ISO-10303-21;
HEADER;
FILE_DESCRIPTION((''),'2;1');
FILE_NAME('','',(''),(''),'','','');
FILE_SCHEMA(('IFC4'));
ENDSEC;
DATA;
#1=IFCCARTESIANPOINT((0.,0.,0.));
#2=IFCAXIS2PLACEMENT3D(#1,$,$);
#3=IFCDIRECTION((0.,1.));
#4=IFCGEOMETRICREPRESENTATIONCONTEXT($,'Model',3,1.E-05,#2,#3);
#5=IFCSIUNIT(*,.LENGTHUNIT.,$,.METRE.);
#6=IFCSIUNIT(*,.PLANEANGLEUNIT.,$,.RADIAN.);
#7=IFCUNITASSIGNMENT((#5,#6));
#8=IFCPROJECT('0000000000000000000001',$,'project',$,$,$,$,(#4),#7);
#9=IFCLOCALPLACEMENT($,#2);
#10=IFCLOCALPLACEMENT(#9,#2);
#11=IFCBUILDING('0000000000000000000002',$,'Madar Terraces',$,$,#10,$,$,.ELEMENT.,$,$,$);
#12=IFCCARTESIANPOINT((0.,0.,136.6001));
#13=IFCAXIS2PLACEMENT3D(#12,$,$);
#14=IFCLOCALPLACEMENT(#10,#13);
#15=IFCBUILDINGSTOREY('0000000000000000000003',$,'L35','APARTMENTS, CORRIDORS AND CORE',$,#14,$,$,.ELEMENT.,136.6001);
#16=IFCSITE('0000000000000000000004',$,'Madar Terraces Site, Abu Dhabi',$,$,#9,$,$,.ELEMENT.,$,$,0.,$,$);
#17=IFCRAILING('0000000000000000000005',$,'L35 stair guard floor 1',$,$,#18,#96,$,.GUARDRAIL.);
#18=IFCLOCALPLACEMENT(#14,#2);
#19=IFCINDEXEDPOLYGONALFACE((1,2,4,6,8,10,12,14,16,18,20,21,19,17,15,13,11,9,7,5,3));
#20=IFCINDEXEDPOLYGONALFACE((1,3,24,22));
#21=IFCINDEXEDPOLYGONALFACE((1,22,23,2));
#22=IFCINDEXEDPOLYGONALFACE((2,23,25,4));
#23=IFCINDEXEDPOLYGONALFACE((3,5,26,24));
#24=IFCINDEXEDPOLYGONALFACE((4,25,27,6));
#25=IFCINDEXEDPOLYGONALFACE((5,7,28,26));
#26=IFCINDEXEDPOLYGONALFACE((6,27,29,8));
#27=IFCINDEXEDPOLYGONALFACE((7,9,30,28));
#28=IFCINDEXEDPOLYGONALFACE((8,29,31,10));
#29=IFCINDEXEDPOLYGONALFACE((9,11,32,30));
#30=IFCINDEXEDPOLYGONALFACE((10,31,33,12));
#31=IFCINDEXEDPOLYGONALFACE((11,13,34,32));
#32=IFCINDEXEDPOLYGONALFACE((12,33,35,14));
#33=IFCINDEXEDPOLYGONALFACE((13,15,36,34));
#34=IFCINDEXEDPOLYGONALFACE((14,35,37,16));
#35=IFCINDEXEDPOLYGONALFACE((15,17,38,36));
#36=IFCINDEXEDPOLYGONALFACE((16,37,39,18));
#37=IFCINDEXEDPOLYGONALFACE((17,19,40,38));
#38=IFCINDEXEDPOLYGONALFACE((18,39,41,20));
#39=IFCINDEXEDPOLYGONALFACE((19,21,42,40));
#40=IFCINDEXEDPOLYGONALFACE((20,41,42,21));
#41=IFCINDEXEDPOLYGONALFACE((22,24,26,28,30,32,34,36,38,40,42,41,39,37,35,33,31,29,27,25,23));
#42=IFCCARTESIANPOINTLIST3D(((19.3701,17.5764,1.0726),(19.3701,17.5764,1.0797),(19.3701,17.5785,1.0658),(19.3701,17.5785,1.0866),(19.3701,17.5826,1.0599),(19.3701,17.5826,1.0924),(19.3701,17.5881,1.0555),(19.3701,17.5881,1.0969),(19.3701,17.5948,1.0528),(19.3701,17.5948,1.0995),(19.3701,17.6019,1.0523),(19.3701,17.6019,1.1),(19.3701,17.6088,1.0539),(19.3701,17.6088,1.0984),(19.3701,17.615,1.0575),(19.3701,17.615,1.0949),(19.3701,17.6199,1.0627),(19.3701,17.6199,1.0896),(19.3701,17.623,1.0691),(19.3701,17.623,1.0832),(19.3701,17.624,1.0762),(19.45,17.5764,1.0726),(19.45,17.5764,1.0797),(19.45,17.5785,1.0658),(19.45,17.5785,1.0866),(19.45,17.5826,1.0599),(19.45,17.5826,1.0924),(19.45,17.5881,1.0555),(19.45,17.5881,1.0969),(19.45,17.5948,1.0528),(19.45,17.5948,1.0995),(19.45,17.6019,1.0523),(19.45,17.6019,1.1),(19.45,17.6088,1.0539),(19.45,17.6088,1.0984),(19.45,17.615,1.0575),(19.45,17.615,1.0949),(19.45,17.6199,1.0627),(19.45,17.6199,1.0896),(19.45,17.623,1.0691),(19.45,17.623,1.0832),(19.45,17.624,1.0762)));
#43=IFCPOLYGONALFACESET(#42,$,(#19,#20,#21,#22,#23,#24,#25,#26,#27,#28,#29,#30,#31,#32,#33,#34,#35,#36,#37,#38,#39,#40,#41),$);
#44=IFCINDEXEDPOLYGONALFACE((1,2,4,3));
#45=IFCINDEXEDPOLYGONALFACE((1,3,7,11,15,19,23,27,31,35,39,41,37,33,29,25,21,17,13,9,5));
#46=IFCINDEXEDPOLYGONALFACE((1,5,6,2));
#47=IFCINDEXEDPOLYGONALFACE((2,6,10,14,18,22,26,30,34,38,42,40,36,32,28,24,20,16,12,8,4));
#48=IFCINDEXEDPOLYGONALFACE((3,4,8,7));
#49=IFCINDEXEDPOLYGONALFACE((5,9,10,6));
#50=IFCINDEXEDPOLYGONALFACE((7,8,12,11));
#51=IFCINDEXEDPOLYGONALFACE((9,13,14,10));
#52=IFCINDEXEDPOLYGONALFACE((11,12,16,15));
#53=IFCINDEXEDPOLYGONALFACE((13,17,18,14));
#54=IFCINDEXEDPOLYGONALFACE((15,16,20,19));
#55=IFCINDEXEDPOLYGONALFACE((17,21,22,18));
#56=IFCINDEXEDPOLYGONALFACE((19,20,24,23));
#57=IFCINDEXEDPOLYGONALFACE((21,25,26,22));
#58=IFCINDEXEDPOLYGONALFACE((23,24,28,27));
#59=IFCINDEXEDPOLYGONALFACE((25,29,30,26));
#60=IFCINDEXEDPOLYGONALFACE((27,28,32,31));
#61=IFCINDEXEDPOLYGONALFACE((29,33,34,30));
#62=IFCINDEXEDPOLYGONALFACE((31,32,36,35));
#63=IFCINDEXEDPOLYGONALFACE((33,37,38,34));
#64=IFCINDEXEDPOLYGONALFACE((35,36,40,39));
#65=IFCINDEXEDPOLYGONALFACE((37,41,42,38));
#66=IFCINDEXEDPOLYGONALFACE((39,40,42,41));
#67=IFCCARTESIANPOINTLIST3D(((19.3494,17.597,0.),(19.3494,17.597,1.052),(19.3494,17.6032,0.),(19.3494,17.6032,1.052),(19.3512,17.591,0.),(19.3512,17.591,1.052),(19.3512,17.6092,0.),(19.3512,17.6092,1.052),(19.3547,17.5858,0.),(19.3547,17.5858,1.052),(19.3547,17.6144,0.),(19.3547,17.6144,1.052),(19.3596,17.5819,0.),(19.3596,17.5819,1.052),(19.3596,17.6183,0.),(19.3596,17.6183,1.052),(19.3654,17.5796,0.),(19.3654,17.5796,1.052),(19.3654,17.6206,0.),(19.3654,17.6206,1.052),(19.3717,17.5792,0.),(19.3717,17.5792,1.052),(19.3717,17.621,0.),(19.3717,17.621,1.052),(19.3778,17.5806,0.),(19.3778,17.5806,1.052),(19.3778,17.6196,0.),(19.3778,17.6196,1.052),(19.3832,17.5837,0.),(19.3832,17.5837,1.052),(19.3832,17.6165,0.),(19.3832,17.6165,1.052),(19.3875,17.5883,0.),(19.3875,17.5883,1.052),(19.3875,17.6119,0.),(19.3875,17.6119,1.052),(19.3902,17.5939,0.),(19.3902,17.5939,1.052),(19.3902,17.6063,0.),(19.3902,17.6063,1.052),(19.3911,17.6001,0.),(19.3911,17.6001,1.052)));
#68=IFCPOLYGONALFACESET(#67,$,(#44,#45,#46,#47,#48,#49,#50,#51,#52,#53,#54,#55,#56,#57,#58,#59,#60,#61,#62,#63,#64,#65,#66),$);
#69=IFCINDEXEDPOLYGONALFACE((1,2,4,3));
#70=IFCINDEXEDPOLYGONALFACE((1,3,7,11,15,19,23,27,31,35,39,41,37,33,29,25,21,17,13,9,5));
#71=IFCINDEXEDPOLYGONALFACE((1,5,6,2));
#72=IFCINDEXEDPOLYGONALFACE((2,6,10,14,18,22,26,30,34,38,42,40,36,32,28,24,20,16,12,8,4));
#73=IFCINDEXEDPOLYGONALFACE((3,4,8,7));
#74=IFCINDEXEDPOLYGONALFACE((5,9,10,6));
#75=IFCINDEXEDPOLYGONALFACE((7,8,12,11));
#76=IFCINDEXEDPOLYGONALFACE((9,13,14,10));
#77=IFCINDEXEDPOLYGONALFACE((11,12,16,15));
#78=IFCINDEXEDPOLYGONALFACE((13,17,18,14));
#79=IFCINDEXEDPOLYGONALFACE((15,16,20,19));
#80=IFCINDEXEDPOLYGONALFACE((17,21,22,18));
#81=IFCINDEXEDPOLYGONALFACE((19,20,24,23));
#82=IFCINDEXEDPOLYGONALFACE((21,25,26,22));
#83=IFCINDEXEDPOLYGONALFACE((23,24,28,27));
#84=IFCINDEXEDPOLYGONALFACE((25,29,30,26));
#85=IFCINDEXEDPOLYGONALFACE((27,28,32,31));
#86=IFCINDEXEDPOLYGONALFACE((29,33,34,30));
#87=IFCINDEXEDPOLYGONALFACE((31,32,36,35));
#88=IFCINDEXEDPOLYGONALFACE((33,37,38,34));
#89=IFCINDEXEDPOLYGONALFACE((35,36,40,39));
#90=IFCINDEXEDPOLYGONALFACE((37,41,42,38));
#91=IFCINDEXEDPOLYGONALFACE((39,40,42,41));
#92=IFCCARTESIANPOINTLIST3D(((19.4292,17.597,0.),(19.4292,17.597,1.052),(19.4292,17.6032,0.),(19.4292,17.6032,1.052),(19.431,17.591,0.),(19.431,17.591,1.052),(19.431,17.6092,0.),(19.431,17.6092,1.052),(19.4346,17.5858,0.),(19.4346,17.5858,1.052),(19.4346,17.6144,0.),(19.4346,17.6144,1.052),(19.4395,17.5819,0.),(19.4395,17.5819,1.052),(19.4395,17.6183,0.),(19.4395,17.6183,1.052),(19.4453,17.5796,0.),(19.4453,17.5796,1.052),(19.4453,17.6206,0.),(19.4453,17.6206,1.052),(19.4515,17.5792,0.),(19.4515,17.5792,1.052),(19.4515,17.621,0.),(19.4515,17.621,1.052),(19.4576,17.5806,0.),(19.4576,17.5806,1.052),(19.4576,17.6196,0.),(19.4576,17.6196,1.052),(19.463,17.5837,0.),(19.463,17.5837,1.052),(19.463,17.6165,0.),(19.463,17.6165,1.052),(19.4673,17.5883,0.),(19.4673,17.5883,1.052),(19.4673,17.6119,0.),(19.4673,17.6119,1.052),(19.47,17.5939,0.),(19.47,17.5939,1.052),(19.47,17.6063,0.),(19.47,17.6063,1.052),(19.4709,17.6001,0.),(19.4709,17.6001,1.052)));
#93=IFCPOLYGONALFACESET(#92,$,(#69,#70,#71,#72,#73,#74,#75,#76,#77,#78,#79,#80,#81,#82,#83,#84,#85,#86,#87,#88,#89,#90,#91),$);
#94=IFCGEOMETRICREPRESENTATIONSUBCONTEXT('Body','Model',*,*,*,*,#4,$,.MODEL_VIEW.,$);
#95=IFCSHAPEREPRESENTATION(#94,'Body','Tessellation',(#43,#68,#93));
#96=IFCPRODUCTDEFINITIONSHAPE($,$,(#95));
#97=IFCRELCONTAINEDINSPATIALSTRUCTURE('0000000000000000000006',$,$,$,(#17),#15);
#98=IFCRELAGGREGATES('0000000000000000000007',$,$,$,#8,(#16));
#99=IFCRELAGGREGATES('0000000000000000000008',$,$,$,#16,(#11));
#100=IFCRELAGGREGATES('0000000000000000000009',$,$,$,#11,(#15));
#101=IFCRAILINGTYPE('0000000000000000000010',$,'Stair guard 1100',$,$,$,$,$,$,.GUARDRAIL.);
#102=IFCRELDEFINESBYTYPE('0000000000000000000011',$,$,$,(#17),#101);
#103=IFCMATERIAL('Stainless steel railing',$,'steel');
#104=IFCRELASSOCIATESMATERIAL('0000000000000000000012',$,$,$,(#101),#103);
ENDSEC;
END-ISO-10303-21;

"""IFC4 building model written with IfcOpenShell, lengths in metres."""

from ifc_helpers import new_model, si_unit, direction, frame, origin, origin_2d, place, context, subcontext, project, spatial, circle, extrude, material, type_object, element, save


model = new_model("IFC4")

# Units and contexts
model_context = context("Model", 3, precision=1e-05, world=origin(), true_north=direction((0.0, 1.0)))
body_context = subcontext(model_context, "Body", "Model", "MODEL_VIEW")
ifc_project = project(units=[si_unit("LENGTHUNIT", "METRE"), si_unit("PLANEANGLEUNIT", "RADIAN")], contexts=[model_context])

# Site, building, storey
site_placement = place(None, origin())
site = spatial("IfcSite", under=ifc_project, at=site_placement, Name="Madar Terraces Site, Abu Dhabi", CompositionType="ELEMENT", RefElevation=0.0)
building_placement = place(site_placement, origin())
building = spatial("IfcBuilding", under=site, at=building_placement, Name="Madar Terraces", CompositionType="ELEMENT")
storey_placement = place(building_placement, frame((0.0, 0.0, 136.6001)))
storey = spatial("IfcBuildingStorey", under=building, at=storey_placement, Name="L35", Description="APARTMENTS, CORRIDORS AND CORE", CompositionType="ELEMENT", Elevation=136.6001)

# Railing
ifc_material_1 = material(Name="Stainless steel railing", Category="steel")
railing_type_1 = type_object("IfcRailingType", Name="Stair guard 1100", PredefinedType="GUARDRAIL", material=ifc_material_1)
for number, where, name in (
    (1, (19.3701, 17.6001, 0.0), "L35 stair guard floor 1"),
):
    element("IfcRailing", number, at=place(storey_placement, frame(where)), inside=storey, type_object=railing_type_1, Name=name, PredefinedType="GUARDRAIL", context=body_context, shape_type="SweptSolid", body=[
        extrude(circle(Radius=0.0239, at=origin_2d()), frame((0.0, 0.0, 1.0762), z_axis=(1.0, 0.0, 0.0), x_axis=(0.0, 1.0, 0.0)), (0.0, 0.0, 1.0), 0.0798),
        extrude(circle(Radius=0.021, at=origin_2d()), origin(), (0.0, 0.0, 1.0), 1.052),
        extrude(circle(Radius=0.021, at=origin_2d()), frame((0.0798, 0.0, 0.0)), (0.0, 0.0, 1.0), 1.052),
    ])

save(model, "model.ifc")
